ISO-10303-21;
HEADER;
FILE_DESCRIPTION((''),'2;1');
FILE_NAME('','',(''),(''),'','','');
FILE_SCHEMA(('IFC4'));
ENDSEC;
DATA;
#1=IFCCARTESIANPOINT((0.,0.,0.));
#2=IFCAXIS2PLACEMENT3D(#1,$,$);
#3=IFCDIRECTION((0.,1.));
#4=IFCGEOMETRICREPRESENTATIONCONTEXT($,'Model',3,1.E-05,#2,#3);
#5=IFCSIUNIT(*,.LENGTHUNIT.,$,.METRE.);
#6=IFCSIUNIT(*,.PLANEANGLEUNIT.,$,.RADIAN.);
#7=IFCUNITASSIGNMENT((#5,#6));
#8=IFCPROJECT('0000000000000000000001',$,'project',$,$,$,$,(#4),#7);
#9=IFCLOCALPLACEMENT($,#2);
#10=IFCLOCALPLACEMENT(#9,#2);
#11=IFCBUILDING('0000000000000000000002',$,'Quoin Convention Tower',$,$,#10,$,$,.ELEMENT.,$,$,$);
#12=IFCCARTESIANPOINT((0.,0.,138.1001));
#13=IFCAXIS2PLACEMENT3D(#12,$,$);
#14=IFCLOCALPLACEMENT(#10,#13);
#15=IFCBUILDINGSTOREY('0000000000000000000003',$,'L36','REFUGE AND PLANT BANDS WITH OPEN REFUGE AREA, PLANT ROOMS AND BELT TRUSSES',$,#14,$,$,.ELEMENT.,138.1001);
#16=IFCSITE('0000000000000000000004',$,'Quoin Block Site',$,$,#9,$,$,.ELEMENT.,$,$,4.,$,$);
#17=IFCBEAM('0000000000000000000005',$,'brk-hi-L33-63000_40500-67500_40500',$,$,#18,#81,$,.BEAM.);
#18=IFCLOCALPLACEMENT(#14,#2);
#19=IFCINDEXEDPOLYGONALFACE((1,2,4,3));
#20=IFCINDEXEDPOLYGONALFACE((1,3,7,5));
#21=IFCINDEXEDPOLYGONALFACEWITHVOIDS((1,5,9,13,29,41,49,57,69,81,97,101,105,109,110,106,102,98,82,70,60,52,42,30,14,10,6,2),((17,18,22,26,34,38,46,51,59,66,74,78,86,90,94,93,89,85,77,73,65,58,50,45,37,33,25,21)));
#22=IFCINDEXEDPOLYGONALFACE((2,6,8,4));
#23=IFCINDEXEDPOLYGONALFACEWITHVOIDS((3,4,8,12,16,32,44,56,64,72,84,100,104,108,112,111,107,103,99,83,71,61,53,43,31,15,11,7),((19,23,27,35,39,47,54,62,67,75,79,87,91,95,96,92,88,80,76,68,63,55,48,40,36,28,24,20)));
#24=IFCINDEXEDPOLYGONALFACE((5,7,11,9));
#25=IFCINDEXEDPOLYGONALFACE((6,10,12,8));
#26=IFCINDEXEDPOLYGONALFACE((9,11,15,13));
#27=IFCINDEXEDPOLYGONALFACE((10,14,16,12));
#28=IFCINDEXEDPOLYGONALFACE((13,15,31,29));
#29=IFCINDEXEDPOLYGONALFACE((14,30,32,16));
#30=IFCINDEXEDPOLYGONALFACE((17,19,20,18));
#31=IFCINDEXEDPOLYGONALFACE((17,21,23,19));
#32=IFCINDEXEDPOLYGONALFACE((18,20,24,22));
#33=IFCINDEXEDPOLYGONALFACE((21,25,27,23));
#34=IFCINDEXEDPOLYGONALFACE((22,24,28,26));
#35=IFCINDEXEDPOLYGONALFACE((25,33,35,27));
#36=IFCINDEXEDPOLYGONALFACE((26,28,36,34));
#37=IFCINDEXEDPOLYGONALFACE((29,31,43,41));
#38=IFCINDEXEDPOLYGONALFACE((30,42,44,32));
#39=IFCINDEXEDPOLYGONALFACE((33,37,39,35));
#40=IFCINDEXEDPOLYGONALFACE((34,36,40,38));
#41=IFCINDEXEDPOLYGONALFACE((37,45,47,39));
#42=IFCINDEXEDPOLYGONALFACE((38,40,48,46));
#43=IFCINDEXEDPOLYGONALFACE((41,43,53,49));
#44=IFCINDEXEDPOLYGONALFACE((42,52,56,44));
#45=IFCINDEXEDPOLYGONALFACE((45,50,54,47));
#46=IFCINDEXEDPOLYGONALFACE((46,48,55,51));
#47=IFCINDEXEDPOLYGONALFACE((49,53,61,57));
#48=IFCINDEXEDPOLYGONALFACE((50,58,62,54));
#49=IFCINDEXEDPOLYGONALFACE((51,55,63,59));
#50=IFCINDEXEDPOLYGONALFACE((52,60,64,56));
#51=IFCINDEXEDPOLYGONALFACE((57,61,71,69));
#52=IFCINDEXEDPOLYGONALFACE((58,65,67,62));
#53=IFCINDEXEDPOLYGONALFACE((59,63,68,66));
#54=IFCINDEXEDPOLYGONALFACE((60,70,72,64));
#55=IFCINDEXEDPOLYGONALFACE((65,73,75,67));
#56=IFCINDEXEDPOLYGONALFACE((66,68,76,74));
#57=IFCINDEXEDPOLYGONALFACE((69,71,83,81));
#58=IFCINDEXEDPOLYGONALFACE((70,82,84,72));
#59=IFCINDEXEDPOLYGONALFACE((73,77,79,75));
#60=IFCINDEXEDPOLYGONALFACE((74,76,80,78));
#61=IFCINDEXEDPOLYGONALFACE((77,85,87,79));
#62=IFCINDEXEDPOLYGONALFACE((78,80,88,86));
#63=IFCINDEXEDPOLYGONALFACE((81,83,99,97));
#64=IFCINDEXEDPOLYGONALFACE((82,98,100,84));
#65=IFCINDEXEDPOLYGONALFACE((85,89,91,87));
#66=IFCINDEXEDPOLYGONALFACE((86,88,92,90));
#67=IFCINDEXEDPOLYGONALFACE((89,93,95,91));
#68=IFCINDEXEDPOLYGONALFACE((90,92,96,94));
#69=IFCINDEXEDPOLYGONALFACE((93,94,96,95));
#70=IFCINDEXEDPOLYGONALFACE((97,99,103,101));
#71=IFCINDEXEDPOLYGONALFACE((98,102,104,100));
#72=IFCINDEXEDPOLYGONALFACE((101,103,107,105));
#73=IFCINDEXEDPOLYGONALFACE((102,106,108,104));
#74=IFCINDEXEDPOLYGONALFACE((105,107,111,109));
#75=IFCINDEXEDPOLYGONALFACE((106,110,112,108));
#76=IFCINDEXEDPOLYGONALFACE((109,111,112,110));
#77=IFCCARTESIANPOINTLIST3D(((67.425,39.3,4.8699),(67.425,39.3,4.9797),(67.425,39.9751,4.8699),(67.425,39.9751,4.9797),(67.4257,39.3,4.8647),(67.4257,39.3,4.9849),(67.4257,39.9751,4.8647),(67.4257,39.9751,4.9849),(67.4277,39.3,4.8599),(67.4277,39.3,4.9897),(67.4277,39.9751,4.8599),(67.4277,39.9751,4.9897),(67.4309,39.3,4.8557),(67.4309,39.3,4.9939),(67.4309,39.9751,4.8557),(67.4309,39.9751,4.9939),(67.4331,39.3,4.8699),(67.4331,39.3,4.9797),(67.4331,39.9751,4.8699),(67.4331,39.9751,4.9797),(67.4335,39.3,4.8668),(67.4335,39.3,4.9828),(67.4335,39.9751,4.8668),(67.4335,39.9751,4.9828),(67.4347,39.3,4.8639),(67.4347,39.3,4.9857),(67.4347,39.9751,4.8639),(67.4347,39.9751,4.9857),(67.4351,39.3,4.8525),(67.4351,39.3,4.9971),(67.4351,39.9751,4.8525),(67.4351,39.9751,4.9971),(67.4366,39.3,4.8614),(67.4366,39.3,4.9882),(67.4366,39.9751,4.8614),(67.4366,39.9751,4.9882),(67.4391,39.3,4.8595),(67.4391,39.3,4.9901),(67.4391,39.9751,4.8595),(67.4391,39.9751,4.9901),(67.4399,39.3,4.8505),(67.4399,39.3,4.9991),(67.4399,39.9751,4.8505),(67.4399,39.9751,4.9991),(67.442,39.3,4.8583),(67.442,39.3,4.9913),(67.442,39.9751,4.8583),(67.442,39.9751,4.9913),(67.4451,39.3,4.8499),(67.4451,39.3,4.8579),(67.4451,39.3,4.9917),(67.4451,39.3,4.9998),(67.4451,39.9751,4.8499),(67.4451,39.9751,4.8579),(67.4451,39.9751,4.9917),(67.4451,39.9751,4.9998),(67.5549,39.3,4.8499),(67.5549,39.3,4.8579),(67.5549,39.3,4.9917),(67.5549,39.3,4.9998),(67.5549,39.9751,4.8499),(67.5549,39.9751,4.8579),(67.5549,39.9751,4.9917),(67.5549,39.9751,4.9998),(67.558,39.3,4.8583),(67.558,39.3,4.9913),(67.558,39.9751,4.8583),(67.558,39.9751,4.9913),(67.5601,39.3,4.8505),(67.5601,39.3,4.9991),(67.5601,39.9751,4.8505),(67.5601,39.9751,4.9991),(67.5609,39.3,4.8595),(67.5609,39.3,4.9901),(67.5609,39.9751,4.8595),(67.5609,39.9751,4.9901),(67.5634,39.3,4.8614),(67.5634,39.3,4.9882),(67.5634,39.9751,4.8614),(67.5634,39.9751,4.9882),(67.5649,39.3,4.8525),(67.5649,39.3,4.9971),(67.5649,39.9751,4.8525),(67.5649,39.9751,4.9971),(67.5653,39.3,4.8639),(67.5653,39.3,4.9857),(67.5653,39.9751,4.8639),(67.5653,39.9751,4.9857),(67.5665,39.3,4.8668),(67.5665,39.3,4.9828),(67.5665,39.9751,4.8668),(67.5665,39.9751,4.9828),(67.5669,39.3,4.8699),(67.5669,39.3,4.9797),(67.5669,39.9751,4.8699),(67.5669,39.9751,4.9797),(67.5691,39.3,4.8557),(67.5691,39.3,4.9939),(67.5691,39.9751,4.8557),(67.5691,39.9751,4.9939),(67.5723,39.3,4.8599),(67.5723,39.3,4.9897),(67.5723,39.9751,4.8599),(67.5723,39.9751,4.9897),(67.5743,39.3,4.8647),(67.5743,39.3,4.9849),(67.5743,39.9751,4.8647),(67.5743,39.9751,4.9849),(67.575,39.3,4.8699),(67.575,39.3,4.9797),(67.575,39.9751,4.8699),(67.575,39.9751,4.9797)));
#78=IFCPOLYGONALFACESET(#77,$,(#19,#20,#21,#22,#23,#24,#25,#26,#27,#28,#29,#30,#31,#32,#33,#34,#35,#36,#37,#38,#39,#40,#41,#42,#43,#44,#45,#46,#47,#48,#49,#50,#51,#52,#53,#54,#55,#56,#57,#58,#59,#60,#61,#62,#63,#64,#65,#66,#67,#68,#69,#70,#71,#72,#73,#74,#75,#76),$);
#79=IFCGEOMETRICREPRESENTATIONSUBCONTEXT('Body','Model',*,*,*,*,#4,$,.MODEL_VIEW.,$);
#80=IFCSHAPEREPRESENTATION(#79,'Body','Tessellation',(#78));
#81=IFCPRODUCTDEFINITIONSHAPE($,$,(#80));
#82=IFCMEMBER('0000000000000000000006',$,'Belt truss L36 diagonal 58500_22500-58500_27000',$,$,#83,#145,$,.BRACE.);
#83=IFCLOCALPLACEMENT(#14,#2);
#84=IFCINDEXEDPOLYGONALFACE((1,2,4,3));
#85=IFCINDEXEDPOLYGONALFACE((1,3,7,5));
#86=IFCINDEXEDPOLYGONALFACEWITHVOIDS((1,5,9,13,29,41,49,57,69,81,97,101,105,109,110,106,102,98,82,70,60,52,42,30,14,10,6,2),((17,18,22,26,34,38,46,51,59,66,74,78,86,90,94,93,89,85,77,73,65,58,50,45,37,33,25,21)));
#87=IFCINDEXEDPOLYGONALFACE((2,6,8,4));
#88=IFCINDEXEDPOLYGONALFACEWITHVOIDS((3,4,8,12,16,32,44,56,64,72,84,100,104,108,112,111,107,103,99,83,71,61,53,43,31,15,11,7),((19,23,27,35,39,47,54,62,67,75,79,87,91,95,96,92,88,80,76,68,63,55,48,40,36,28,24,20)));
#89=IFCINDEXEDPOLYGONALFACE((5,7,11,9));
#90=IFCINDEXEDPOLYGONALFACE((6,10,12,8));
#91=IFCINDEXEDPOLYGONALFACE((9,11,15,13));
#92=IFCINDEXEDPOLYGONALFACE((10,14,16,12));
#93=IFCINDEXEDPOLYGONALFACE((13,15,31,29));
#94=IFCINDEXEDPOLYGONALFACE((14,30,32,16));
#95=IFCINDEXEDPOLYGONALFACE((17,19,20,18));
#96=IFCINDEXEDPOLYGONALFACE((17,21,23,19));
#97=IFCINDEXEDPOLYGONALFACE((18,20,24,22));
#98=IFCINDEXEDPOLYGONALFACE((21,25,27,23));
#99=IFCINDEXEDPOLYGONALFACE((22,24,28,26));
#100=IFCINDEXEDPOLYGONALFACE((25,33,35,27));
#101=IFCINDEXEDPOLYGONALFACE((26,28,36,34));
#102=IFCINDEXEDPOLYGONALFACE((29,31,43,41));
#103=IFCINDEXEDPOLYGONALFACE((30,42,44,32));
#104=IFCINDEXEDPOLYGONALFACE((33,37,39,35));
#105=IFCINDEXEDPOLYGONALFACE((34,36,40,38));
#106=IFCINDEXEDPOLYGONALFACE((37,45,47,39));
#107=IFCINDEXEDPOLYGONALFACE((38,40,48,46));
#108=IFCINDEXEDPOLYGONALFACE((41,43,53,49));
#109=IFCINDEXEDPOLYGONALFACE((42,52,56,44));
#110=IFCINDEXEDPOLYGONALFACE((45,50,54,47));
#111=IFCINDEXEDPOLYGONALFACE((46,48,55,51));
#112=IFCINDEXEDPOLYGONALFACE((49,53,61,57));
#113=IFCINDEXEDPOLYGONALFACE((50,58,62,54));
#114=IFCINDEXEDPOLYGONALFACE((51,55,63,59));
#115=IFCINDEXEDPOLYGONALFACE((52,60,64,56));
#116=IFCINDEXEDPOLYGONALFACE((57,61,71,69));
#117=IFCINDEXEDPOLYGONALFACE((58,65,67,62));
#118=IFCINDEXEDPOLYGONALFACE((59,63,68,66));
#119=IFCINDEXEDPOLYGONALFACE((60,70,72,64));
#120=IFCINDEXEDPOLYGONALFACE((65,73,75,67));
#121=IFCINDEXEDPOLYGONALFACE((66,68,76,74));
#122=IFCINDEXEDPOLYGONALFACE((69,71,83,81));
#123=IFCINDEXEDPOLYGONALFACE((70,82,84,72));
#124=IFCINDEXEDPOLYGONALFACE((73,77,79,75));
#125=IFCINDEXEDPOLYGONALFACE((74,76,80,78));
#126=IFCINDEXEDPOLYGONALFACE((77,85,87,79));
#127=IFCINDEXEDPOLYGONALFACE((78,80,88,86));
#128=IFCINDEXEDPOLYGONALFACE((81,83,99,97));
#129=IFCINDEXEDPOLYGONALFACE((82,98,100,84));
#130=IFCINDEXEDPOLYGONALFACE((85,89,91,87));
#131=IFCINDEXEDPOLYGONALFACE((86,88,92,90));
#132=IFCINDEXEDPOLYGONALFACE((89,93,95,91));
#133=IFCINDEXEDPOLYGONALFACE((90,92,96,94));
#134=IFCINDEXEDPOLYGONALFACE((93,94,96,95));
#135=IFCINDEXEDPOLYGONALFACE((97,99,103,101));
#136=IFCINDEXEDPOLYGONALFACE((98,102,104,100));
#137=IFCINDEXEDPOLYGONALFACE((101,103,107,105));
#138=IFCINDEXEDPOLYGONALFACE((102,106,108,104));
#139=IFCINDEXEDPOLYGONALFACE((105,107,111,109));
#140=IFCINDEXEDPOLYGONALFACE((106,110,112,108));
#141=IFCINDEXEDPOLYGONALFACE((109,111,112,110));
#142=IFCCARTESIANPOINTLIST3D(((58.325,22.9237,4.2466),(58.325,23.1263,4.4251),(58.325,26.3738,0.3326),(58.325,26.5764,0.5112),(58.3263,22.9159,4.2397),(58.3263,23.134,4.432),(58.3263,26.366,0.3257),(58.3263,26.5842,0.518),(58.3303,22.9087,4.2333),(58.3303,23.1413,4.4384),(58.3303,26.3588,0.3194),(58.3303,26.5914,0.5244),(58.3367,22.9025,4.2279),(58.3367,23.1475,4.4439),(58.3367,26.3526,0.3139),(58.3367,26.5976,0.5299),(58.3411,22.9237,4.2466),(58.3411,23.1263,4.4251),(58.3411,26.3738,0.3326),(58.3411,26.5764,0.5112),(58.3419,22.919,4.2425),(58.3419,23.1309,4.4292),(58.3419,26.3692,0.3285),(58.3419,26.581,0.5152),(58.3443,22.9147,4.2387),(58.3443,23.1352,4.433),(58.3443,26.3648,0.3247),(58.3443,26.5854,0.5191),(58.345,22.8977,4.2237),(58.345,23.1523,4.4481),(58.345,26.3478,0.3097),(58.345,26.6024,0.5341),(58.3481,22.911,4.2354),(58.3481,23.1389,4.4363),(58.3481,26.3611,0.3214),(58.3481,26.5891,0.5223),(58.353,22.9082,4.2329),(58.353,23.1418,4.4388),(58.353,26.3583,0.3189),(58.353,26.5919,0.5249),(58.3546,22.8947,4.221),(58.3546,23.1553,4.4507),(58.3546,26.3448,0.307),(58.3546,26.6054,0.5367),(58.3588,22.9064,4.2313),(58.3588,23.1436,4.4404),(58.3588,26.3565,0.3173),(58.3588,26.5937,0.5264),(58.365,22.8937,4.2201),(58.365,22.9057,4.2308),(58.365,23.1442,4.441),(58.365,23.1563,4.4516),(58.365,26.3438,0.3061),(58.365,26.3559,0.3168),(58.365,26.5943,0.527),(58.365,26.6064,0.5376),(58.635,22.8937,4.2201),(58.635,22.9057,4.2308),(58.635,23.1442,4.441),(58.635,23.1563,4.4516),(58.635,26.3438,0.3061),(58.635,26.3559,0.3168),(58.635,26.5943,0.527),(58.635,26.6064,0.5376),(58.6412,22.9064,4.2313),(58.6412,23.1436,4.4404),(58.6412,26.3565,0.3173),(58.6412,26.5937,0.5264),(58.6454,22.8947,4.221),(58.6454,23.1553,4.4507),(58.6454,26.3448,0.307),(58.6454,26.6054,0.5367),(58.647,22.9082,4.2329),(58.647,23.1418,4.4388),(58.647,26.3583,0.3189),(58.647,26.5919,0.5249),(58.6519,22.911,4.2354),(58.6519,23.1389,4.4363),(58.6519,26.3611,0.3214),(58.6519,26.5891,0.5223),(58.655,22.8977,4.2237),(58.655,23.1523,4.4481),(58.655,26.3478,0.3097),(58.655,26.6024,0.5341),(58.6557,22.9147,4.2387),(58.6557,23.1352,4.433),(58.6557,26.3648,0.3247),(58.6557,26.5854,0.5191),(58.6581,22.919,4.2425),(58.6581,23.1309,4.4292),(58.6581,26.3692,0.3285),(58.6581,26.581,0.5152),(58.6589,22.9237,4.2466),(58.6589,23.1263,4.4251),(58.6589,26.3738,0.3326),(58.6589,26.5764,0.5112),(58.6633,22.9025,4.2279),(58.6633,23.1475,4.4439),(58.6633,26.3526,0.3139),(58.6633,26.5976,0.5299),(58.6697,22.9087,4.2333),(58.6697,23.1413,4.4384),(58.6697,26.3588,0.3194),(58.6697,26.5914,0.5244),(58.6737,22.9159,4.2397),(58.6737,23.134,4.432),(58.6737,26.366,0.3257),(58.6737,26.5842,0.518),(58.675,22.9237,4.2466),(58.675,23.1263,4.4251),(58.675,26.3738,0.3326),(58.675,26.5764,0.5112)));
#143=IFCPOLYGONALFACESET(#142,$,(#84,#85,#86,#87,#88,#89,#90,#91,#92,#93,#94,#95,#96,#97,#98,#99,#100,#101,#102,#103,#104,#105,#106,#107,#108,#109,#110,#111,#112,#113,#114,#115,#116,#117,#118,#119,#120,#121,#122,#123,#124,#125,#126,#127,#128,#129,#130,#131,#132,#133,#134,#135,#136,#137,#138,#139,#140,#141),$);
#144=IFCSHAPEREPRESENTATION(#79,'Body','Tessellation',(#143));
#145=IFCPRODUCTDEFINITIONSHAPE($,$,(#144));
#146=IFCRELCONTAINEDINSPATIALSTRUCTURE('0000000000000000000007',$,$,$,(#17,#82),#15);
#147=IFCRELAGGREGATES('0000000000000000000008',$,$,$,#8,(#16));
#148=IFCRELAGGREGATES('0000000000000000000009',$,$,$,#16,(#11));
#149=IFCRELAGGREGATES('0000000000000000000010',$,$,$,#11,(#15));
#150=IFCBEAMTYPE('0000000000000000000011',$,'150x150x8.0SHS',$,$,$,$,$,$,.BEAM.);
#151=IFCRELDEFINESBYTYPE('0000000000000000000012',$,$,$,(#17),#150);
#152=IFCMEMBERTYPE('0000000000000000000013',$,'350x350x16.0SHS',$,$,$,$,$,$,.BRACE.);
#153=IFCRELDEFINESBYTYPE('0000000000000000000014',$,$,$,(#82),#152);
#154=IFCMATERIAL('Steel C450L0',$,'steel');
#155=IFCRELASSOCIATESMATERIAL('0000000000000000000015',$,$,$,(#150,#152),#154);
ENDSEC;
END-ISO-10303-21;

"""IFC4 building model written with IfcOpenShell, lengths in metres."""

from ifc_helpers import new_model, si_unit, direction, frame, origin, origin_2d, place, context, subcontext, project, spatial, hollow_rectangle, extrude, material, material_profile, profile_set, type_object, element, save


model = new_model("IFC4")

# Units and contexts
model_context = context("Model", 3, precision=1e-05, world=origin(), true_north=direction((0.0, 1.0)))
body_context = subcontext(model_context, "Body", "Model", "MODEL_VIEW")
ifc_project = project(units=[si_unit("LENGTHUNIT", "METRE"), si_unit("PLANEANGLEUNIT", "RADIAN")], contexts=[model_context])

# Site, building, storey
site_placement = place(None, origin())
site = spatial("IfcSite", under=ifc_project, at=site_placement, Name="Quoin Block Site", CompositionType="ELEMENT", RefElevation=4.0)
building_placement = place(site_placement, origin())
building = spatial("IfcBuilding", under=site, at=building_placement, Name="Quoin Convention Tower", CompositionType="ELEMENT")
storey_placement = place(building_placement, frame((0.0, 0.0, 138.1001)))
storey = spatial("IfcBuildingStorey", under=building, at=storey_placement, Name="L36", Description="REFUGE AND PLANT BANDS WITH OPEN REFUGE AREA, PLANT ROOMS AND BELT TRUSSES", CompositionType="ELEMENT", Elevation=138.1001)

# Beam
ifc_material_1 = material(Name="Steel C450L0", Category="steel")
ifc_material_profile_1 = material_profile(ifc_material_1, hollow_rectangle(XDim=0.1499, YDim=0.1499, WallThickness=0.0081, InnerFilletRadius=0.012, OuterFilletRadius=0.02, at=origin_2d()), Name="150x150x8.0SHS")
ifc_profile_set_1 = profile_set([ifc_material_profile_1], Name="Steel C450L0")
beam_type_1 = type_object("IfcBeamType", Name="150x150x8.0SHS", PredefinedType="BEAM", material=ifc_profile_set_1)
for number, where, z_axis, x_axis, name in (
    (1, (67.5, 39.9751, 4.9248), (0.0, -1.0, 0.0), (1.0, 0.0, 0.0), "brk-hi-L33-63000_40500-67500_40500"),
):
    element("IfcBeam", number, at=place(storey_placement, frame(where, z_axis=z_axis, x_axis=x_axis)), inside=storey, type_object=beam_type_1, Name=name, PredefinedType="BEAM", context=body_context, shape_type="SweptSolid", body=[
        extrude(hollow_rectangle(XDim=0.1499, YDim=0.1499, WallThickness=0.0081, InnerFilletRadius=0.012, OuterFilletRadius=0.02, at=origin_2d()), origin(), (0.0, 0.0, 1.0), 0.675),
    ])

# Member
ifc_material_profile_2 = material_profile(ifc_material_1, hollow_rectangle(XDim=0.3501, YDim=0.3501, WallThickness=0.0161, InnerFilletRadius=0.0239, OuterFilletRadius=0.04, at=origin_2d()), Name="350x350x16.0SHS")
ifc_profile_set_2 = profile_set([ifc_material_profile_2], Name="Steel C450L0")
member_type_1 = type_object("IfcMemberType", Name="350x350x16.0SHS", PredefinedType="BRACE", material=ifc_profile_set_2)
for number, where, z_axis, x_axis, name in (
    (2, (58.5, 26.4751, 0.4219), (0.0, -0.661256, 0.75016), (1.0, 0.0, 0.0), "Belt truss L36 diagonal 58500_22500-58500_27000"),
):
    element("IfcMember", number, at=place(storey_placement, frame(where, z_axis=z_axis, x_axis=x_axis)), inside=storey, type_object=member_type_1, Name=name, PredefinedType="BRACE", context=body_context, shape_type="SweptSolid", body=[
        extrude(hollow_rectangle(XDim=0.3501, YDim=0.3501, WallThickness=0.0161, InnerFilletRadius=0.0239, OuterFilletRadius=0.04, at=origin_2d()), origin(), (0.0, 0.0, 1.0), 5.2175),
    ])

save(model, "model.ifc")
